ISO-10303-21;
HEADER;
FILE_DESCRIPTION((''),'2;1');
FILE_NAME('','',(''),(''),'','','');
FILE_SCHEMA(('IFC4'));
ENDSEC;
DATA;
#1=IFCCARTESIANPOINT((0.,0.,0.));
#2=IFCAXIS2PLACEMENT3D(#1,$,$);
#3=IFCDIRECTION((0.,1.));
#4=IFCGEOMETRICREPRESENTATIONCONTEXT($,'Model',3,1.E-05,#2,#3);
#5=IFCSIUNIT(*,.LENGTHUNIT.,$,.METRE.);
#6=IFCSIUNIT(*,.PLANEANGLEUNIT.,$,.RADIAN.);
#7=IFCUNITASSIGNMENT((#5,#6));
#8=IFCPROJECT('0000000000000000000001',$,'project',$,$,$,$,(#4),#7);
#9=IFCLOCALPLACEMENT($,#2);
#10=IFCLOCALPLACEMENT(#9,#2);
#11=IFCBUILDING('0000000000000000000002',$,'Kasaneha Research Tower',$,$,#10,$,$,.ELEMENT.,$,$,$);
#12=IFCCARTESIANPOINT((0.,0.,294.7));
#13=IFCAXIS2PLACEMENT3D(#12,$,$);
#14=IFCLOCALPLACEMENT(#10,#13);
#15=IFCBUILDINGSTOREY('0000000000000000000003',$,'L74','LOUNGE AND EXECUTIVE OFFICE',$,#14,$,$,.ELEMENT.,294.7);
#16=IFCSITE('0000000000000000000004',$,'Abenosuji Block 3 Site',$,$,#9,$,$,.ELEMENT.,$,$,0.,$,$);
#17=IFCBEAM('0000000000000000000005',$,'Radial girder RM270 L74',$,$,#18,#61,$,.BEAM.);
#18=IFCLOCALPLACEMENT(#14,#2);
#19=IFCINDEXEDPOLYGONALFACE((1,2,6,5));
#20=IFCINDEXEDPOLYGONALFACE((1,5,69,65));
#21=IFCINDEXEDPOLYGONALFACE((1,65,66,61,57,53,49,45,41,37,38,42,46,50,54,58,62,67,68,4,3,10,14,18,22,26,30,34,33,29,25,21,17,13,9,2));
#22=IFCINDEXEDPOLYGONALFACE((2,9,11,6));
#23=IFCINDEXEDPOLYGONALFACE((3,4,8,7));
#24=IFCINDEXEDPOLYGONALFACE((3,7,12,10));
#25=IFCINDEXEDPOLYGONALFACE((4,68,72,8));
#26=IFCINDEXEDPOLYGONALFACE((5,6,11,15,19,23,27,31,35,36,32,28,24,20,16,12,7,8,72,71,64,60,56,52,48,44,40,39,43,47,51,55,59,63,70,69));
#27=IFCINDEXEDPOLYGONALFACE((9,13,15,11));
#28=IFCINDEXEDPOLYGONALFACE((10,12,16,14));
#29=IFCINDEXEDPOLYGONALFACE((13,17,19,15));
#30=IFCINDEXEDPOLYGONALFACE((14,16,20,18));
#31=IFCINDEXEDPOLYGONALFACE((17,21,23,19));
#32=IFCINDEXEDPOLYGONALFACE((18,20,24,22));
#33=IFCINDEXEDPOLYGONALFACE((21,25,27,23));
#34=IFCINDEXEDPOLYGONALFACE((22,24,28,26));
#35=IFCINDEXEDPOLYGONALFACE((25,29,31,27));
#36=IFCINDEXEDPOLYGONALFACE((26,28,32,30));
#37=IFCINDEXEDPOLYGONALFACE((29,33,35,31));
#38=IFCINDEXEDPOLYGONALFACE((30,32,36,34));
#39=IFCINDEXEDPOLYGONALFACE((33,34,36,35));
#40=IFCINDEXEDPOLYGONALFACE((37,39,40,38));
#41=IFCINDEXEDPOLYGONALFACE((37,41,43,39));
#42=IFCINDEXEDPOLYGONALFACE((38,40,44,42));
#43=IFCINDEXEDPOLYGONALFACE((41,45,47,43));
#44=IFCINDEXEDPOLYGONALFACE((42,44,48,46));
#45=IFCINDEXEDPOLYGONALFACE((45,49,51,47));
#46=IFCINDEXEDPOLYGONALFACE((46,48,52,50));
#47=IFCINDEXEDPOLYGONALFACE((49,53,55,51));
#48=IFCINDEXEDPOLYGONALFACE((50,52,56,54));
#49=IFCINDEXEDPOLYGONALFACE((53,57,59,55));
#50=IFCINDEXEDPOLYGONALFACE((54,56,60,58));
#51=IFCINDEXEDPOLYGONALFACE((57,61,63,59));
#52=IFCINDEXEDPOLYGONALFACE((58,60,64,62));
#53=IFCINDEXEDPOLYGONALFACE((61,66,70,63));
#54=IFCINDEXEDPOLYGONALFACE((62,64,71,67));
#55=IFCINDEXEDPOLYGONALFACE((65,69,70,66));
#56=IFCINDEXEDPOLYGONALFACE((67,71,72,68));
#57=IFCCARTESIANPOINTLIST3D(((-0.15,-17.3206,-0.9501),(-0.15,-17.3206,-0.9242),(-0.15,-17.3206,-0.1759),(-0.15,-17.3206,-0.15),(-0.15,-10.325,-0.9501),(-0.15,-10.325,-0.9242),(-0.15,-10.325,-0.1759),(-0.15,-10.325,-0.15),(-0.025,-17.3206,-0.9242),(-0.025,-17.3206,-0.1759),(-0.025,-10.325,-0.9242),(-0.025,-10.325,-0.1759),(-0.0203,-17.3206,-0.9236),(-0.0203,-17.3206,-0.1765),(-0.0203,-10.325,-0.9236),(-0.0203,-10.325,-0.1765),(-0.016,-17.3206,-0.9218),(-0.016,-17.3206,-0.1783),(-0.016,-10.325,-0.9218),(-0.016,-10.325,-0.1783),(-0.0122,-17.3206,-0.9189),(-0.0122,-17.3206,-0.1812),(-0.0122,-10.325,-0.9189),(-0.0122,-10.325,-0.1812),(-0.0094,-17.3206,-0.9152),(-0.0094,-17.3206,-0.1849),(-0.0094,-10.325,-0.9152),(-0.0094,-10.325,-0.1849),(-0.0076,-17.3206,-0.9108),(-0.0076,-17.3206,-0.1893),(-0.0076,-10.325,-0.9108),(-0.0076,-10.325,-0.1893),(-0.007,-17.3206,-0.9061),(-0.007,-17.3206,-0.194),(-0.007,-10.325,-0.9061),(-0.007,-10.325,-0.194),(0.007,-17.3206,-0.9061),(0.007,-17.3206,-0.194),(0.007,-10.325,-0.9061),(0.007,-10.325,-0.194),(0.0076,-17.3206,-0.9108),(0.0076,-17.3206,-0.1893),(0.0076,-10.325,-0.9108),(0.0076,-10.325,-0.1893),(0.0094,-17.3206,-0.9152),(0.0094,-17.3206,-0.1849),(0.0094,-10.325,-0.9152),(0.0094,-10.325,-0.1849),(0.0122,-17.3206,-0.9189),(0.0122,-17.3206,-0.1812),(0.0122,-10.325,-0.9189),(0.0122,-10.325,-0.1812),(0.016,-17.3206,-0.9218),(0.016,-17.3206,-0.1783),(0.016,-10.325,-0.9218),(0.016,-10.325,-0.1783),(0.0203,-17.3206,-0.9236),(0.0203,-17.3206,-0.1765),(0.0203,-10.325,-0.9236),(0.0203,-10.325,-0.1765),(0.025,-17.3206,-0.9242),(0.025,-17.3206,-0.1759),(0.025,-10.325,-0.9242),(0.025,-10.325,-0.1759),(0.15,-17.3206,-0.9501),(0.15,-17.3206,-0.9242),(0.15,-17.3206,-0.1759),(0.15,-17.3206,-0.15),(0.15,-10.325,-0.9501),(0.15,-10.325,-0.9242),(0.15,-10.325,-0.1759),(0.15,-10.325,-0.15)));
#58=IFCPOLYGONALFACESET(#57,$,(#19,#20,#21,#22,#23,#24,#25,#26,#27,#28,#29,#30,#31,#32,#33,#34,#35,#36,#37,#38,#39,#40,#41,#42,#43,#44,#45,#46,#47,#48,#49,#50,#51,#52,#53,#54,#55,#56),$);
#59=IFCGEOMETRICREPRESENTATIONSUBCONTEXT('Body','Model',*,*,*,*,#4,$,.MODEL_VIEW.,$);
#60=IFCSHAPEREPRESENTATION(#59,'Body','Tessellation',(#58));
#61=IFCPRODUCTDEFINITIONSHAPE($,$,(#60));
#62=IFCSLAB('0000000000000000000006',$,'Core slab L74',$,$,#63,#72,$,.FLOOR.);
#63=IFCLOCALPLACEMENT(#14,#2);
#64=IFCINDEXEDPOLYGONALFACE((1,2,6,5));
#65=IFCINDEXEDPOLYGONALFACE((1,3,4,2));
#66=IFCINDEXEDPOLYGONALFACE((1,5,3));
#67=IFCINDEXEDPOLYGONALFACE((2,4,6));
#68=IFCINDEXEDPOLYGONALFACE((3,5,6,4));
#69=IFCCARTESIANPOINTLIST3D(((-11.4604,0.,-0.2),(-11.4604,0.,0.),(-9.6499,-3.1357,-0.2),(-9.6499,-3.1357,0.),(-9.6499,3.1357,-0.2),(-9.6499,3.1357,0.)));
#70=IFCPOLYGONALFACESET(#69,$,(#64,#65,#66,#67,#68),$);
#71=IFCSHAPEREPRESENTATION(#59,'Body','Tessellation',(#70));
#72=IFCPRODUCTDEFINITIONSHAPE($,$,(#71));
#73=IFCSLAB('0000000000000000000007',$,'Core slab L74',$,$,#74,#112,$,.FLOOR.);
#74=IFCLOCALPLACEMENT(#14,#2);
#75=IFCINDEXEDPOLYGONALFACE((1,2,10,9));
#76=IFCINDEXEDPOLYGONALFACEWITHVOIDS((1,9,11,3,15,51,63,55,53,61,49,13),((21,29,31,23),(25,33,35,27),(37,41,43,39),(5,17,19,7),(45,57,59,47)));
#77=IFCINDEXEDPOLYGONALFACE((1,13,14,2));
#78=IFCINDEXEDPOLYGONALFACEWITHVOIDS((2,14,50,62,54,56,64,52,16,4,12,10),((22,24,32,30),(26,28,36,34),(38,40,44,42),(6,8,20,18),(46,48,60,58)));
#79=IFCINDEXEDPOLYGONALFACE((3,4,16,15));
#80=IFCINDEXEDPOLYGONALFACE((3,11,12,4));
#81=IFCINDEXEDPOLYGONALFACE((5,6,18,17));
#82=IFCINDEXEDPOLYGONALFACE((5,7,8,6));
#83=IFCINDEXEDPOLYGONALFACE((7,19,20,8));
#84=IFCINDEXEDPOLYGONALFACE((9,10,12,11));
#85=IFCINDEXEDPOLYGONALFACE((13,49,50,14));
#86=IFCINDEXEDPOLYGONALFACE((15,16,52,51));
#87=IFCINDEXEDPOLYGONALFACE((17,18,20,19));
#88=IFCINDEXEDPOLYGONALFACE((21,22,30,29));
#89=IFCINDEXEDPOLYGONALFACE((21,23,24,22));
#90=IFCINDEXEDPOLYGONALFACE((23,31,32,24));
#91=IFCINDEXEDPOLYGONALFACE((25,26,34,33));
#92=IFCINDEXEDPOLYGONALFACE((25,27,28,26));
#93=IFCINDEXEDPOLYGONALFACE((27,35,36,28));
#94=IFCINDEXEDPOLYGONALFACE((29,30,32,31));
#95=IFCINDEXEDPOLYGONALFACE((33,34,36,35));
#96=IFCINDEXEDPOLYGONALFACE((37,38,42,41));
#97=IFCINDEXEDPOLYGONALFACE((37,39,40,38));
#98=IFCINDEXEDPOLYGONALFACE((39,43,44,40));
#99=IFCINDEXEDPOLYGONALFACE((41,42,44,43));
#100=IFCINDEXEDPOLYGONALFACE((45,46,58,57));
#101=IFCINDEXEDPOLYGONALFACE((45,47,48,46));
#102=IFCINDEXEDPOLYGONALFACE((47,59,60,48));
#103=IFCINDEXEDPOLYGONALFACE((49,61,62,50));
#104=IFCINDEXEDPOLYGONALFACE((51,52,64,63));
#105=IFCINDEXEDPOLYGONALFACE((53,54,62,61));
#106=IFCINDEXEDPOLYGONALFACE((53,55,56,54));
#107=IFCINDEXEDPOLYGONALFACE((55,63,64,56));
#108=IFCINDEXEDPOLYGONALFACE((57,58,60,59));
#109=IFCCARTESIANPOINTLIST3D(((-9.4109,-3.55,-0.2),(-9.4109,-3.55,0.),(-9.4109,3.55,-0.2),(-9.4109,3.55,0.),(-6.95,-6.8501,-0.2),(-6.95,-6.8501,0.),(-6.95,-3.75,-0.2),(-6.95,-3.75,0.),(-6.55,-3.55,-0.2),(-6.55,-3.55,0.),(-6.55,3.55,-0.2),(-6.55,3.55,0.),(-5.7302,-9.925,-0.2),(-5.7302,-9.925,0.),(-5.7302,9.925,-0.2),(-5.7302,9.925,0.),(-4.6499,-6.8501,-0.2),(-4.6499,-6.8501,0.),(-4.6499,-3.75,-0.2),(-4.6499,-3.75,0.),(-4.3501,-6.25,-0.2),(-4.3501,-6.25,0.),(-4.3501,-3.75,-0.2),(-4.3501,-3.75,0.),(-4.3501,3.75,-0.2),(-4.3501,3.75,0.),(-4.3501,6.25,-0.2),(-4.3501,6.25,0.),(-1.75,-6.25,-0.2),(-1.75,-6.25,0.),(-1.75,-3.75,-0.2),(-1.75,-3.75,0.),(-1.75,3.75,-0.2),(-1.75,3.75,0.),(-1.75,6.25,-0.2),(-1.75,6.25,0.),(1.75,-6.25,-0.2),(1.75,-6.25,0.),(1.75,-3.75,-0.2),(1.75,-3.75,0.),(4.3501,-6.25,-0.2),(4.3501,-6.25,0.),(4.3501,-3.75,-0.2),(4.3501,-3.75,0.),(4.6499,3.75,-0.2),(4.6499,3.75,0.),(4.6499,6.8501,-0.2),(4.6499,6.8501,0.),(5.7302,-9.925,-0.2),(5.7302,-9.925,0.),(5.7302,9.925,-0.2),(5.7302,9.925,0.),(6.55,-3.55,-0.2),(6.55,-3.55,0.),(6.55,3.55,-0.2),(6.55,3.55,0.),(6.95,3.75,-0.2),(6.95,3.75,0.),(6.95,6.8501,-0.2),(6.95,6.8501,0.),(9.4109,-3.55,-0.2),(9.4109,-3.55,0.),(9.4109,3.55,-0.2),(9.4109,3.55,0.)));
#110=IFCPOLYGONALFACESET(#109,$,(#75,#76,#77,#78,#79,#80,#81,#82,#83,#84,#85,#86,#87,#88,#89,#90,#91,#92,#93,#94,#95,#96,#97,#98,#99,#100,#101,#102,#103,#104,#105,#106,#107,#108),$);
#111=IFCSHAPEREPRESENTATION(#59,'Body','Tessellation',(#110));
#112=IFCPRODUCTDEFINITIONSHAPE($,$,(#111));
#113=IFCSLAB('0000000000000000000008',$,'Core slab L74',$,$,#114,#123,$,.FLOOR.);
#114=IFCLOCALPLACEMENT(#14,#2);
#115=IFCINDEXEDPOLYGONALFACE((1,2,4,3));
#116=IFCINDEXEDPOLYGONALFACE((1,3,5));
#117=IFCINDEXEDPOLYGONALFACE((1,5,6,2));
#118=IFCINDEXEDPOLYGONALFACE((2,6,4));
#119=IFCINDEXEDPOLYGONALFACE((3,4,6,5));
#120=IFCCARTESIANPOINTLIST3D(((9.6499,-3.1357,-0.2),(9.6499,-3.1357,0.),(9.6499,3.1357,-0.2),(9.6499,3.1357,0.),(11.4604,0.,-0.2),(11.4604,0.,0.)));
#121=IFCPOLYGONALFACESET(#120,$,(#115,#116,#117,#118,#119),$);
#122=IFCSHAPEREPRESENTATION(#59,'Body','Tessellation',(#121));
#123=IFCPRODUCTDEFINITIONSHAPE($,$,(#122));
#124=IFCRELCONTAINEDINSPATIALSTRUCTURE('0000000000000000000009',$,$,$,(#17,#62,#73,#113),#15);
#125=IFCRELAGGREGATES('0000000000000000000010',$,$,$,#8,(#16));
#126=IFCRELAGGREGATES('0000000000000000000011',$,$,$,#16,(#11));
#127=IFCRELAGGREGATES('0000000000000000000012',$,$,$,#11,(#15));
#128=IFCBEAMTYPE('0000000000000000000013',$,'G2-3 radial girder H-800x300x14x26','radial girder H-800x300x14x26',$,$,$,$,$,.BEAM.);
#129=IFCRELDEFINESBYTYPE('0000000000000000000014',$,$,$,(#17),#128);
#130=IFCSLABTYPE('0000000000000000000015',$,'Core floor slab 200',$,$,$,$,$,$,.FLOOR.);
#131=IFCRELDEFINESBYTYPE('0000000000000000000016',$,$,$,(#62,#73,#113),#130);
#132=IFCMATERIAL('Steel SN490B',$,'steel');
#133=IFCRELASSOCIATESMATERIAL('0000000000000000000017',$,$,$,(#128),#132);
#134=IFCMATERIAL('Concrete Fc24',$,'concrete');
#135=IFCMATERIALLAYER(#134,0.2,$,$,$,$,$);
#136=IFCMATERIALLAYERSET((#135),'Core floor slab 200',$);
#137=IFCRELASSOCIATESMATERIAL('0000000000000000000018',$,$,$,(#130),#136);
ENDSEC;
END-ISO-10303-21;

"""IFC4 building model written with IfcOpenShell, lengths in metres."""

from ifc_helpers import new_model, si_unit, direction, frame, origin, origin_2d, place, context, subcontext, project, spatial, polyline, i_section, outline, extrude, material, layer, layer_set, material_profile, profile_set, type_object, element, save


model = new_model("IFC4")

# Units and contexts
model_context = context("Model", 3, precision=1e-05, world=origin(), true_north=direction((0.0, 1.0)))
body_context = subcontext(model_context, "Body", "Model", "MODEL_VIEW")
ifc_project = project(units=[si_unit("LENGTHUNIT", "METRE"), si_unit("PLANEANGLEUNIT", "RADIAN")], contexts=[model_context])

# Site, building, storey
site_placement = place(None, origin())
site = spatial("IfcSite", under=ifc_project, at=site_placement, Name="Abenosuji Block 3 Site", CompositionType="ELEMENT", RefElevation=0.0)
building_placement = place(site_placement, origin())
building = spatial("IfcBuilding", under=site, at=building_placement, Name="Kasaneha Research Tower", CompositionType="ELEMENT")
storey_placement = place(building_placement, frame((0.0, 0.0, 294.7)))
storey = spatial("IfcBuildingStorey", under=building, at=storey_placement, Name="L74", Description="LOUNGE AND EXECUTIVE OFFICE", CompositionType="ELEMENT", Elevation=294.7)

# Beam
ifc_material_1 = material(Name="Steel SN490B", Category="steel")
ifc_material_profile = material_profile(ifc_material_1, i_section(OverallWidth=0.3, OverallDepth=0.8, WebThickness=0.0139, FlangeThickness=0.0259, FilletRadius=0.0181, at=origin_2d()), Name="H-800x300x14x26")
ifc_profile_set = profile_set([ifc_material_profile], Name="Steel SN490B")
beam_type = type_object("IfcBeamType", Name="G2-3 radial girder H-800x300x14x26", Description="radial girder H-800x300x14x26", PredefinedType="BEAM", material=ifc_profile_set)
beam_placement = place(storey_placement, frame((0.0, -10.325, -0.55), z_axis=(0.0, -1.0, 0.0), x_axis=(1.0, 0.0, 0.0)))
element("IfcBeam", 1, at=beam_placement, inside=storey, type_object=beam_type, Name="Radial girder RM270 L74", PredefinedType="BEAM", context=body_context, shape_type="SweptSolid", body=[
    extrude(i_section(OverallWidth=0.3, OverallDepth=0.8, WebThickness=0.0139, FlangeThickness=0.0259, FilletRadius=0.0181, at=origin_2d()), origin(), (0.0, 0.0, 1.0), 6.9956),
])

# Slabs
ifc_material_2 = material(Name="Concrete Fc24", Category="concrete")
ifc_layer_1 = layer(ifc_material_2, 0.2)
ifc_layer_set_1 = layer_set([ifc_layer_1], Name="Core floor slab 200")
slab_type_1 = type_object("IfcSlabType", Name="Core floor slab 200", PredefinedType="FLOOR", material=ifc_layer_set_1)
slab_1_placement = place(storey_placement, frame((0.0, 0.0, -0.2)))
element("IfcSlab", 2, at=slab_1_placement, inside=storey, type_object=slab_type_1, Name="Core slab L74", PredefinedType="FLOOR", context=body_context, shape_type="SweptSolid", body=[
    extrude(outline(polyline([(-11.4604, 0.0), (-9.6499, 3.1357), (-9.6499, -3.1357), (-11.4604, 0.0)])), origin(), (0.0, 0.0, 1.0), 0.2),
])
slab_2_placement = place(storey_placement, frame((0.0, 0.0, -0.2)))
element("IfcSlab", 3, at=slab_2_placement, inside=storey, type_object=slab_type_1, Name="Core slab L74", PredefinedType="FLOOR", context=body_context, shape_type="SweptSolid", body=[
    extrude(outline(polyline([(-5.7302, 9.925), (5.7302, 9.925), (9.4109, 3.55), (6.55, 3.55), (6.55, -3.55), (9.4109, -3.55), (5.7302, -9.925), (-5.7302, -9.925), (-9.4109, -3.55), (-6.55, -3.55), (-6.55, 3.55), (-9.4109, 3.55), (-5.7302, 9.925)]), holes=[polyline([(-6.95, -6.8501), (-4.6499, -6.8501), (-4.6499, -3.75), (-6.95, -3.75), (-6.95, -6.8501)]), polyline([(-4.3501, -3.75), (-4.3501, -6.25), (-1.75, -6.25), (-1.75, -3.75), (-4.3501, -3.75)]), polyline([(1.75, -3.75), (1.75, -6.25), (4.3501, -6.25), (4.3501, -3.75), (1.75, -3.75)]), polyline([(-4.3501, 6.25), (-4.3501, 3.75), (-1.75, 3.75), (-1.75, 6.25), (-4.3501, 6.25)]), polyline([(4.6499, 6.8501), (4.6499, 3.75), (6.95, 3.75), (6.95, 6.8501), (4.6499, 6.8501)])]), origin(), (0.0, 0.0, 1.0), 0.2),
])
slab_3_placement = place(storey_placement, frame((0.0, 0.0, -0.2)))
element("IfcSlab", 4, at=slab_3_placement, inside=storey, type_object=slab_type_1, Name="Core slab L74", PredefinedType="FLOOR", context=body_context, shape_type="SweptSolid", body=[
    extrude(outline(polyline([(11.4604, 0.0), (9.6499, -3.1357), (9.6499, 3.1357), (11.4604, 0.0)])), origin(), (0.0, 0.0, 1.0), 0.2),
])

save(model, "model.ifc")
